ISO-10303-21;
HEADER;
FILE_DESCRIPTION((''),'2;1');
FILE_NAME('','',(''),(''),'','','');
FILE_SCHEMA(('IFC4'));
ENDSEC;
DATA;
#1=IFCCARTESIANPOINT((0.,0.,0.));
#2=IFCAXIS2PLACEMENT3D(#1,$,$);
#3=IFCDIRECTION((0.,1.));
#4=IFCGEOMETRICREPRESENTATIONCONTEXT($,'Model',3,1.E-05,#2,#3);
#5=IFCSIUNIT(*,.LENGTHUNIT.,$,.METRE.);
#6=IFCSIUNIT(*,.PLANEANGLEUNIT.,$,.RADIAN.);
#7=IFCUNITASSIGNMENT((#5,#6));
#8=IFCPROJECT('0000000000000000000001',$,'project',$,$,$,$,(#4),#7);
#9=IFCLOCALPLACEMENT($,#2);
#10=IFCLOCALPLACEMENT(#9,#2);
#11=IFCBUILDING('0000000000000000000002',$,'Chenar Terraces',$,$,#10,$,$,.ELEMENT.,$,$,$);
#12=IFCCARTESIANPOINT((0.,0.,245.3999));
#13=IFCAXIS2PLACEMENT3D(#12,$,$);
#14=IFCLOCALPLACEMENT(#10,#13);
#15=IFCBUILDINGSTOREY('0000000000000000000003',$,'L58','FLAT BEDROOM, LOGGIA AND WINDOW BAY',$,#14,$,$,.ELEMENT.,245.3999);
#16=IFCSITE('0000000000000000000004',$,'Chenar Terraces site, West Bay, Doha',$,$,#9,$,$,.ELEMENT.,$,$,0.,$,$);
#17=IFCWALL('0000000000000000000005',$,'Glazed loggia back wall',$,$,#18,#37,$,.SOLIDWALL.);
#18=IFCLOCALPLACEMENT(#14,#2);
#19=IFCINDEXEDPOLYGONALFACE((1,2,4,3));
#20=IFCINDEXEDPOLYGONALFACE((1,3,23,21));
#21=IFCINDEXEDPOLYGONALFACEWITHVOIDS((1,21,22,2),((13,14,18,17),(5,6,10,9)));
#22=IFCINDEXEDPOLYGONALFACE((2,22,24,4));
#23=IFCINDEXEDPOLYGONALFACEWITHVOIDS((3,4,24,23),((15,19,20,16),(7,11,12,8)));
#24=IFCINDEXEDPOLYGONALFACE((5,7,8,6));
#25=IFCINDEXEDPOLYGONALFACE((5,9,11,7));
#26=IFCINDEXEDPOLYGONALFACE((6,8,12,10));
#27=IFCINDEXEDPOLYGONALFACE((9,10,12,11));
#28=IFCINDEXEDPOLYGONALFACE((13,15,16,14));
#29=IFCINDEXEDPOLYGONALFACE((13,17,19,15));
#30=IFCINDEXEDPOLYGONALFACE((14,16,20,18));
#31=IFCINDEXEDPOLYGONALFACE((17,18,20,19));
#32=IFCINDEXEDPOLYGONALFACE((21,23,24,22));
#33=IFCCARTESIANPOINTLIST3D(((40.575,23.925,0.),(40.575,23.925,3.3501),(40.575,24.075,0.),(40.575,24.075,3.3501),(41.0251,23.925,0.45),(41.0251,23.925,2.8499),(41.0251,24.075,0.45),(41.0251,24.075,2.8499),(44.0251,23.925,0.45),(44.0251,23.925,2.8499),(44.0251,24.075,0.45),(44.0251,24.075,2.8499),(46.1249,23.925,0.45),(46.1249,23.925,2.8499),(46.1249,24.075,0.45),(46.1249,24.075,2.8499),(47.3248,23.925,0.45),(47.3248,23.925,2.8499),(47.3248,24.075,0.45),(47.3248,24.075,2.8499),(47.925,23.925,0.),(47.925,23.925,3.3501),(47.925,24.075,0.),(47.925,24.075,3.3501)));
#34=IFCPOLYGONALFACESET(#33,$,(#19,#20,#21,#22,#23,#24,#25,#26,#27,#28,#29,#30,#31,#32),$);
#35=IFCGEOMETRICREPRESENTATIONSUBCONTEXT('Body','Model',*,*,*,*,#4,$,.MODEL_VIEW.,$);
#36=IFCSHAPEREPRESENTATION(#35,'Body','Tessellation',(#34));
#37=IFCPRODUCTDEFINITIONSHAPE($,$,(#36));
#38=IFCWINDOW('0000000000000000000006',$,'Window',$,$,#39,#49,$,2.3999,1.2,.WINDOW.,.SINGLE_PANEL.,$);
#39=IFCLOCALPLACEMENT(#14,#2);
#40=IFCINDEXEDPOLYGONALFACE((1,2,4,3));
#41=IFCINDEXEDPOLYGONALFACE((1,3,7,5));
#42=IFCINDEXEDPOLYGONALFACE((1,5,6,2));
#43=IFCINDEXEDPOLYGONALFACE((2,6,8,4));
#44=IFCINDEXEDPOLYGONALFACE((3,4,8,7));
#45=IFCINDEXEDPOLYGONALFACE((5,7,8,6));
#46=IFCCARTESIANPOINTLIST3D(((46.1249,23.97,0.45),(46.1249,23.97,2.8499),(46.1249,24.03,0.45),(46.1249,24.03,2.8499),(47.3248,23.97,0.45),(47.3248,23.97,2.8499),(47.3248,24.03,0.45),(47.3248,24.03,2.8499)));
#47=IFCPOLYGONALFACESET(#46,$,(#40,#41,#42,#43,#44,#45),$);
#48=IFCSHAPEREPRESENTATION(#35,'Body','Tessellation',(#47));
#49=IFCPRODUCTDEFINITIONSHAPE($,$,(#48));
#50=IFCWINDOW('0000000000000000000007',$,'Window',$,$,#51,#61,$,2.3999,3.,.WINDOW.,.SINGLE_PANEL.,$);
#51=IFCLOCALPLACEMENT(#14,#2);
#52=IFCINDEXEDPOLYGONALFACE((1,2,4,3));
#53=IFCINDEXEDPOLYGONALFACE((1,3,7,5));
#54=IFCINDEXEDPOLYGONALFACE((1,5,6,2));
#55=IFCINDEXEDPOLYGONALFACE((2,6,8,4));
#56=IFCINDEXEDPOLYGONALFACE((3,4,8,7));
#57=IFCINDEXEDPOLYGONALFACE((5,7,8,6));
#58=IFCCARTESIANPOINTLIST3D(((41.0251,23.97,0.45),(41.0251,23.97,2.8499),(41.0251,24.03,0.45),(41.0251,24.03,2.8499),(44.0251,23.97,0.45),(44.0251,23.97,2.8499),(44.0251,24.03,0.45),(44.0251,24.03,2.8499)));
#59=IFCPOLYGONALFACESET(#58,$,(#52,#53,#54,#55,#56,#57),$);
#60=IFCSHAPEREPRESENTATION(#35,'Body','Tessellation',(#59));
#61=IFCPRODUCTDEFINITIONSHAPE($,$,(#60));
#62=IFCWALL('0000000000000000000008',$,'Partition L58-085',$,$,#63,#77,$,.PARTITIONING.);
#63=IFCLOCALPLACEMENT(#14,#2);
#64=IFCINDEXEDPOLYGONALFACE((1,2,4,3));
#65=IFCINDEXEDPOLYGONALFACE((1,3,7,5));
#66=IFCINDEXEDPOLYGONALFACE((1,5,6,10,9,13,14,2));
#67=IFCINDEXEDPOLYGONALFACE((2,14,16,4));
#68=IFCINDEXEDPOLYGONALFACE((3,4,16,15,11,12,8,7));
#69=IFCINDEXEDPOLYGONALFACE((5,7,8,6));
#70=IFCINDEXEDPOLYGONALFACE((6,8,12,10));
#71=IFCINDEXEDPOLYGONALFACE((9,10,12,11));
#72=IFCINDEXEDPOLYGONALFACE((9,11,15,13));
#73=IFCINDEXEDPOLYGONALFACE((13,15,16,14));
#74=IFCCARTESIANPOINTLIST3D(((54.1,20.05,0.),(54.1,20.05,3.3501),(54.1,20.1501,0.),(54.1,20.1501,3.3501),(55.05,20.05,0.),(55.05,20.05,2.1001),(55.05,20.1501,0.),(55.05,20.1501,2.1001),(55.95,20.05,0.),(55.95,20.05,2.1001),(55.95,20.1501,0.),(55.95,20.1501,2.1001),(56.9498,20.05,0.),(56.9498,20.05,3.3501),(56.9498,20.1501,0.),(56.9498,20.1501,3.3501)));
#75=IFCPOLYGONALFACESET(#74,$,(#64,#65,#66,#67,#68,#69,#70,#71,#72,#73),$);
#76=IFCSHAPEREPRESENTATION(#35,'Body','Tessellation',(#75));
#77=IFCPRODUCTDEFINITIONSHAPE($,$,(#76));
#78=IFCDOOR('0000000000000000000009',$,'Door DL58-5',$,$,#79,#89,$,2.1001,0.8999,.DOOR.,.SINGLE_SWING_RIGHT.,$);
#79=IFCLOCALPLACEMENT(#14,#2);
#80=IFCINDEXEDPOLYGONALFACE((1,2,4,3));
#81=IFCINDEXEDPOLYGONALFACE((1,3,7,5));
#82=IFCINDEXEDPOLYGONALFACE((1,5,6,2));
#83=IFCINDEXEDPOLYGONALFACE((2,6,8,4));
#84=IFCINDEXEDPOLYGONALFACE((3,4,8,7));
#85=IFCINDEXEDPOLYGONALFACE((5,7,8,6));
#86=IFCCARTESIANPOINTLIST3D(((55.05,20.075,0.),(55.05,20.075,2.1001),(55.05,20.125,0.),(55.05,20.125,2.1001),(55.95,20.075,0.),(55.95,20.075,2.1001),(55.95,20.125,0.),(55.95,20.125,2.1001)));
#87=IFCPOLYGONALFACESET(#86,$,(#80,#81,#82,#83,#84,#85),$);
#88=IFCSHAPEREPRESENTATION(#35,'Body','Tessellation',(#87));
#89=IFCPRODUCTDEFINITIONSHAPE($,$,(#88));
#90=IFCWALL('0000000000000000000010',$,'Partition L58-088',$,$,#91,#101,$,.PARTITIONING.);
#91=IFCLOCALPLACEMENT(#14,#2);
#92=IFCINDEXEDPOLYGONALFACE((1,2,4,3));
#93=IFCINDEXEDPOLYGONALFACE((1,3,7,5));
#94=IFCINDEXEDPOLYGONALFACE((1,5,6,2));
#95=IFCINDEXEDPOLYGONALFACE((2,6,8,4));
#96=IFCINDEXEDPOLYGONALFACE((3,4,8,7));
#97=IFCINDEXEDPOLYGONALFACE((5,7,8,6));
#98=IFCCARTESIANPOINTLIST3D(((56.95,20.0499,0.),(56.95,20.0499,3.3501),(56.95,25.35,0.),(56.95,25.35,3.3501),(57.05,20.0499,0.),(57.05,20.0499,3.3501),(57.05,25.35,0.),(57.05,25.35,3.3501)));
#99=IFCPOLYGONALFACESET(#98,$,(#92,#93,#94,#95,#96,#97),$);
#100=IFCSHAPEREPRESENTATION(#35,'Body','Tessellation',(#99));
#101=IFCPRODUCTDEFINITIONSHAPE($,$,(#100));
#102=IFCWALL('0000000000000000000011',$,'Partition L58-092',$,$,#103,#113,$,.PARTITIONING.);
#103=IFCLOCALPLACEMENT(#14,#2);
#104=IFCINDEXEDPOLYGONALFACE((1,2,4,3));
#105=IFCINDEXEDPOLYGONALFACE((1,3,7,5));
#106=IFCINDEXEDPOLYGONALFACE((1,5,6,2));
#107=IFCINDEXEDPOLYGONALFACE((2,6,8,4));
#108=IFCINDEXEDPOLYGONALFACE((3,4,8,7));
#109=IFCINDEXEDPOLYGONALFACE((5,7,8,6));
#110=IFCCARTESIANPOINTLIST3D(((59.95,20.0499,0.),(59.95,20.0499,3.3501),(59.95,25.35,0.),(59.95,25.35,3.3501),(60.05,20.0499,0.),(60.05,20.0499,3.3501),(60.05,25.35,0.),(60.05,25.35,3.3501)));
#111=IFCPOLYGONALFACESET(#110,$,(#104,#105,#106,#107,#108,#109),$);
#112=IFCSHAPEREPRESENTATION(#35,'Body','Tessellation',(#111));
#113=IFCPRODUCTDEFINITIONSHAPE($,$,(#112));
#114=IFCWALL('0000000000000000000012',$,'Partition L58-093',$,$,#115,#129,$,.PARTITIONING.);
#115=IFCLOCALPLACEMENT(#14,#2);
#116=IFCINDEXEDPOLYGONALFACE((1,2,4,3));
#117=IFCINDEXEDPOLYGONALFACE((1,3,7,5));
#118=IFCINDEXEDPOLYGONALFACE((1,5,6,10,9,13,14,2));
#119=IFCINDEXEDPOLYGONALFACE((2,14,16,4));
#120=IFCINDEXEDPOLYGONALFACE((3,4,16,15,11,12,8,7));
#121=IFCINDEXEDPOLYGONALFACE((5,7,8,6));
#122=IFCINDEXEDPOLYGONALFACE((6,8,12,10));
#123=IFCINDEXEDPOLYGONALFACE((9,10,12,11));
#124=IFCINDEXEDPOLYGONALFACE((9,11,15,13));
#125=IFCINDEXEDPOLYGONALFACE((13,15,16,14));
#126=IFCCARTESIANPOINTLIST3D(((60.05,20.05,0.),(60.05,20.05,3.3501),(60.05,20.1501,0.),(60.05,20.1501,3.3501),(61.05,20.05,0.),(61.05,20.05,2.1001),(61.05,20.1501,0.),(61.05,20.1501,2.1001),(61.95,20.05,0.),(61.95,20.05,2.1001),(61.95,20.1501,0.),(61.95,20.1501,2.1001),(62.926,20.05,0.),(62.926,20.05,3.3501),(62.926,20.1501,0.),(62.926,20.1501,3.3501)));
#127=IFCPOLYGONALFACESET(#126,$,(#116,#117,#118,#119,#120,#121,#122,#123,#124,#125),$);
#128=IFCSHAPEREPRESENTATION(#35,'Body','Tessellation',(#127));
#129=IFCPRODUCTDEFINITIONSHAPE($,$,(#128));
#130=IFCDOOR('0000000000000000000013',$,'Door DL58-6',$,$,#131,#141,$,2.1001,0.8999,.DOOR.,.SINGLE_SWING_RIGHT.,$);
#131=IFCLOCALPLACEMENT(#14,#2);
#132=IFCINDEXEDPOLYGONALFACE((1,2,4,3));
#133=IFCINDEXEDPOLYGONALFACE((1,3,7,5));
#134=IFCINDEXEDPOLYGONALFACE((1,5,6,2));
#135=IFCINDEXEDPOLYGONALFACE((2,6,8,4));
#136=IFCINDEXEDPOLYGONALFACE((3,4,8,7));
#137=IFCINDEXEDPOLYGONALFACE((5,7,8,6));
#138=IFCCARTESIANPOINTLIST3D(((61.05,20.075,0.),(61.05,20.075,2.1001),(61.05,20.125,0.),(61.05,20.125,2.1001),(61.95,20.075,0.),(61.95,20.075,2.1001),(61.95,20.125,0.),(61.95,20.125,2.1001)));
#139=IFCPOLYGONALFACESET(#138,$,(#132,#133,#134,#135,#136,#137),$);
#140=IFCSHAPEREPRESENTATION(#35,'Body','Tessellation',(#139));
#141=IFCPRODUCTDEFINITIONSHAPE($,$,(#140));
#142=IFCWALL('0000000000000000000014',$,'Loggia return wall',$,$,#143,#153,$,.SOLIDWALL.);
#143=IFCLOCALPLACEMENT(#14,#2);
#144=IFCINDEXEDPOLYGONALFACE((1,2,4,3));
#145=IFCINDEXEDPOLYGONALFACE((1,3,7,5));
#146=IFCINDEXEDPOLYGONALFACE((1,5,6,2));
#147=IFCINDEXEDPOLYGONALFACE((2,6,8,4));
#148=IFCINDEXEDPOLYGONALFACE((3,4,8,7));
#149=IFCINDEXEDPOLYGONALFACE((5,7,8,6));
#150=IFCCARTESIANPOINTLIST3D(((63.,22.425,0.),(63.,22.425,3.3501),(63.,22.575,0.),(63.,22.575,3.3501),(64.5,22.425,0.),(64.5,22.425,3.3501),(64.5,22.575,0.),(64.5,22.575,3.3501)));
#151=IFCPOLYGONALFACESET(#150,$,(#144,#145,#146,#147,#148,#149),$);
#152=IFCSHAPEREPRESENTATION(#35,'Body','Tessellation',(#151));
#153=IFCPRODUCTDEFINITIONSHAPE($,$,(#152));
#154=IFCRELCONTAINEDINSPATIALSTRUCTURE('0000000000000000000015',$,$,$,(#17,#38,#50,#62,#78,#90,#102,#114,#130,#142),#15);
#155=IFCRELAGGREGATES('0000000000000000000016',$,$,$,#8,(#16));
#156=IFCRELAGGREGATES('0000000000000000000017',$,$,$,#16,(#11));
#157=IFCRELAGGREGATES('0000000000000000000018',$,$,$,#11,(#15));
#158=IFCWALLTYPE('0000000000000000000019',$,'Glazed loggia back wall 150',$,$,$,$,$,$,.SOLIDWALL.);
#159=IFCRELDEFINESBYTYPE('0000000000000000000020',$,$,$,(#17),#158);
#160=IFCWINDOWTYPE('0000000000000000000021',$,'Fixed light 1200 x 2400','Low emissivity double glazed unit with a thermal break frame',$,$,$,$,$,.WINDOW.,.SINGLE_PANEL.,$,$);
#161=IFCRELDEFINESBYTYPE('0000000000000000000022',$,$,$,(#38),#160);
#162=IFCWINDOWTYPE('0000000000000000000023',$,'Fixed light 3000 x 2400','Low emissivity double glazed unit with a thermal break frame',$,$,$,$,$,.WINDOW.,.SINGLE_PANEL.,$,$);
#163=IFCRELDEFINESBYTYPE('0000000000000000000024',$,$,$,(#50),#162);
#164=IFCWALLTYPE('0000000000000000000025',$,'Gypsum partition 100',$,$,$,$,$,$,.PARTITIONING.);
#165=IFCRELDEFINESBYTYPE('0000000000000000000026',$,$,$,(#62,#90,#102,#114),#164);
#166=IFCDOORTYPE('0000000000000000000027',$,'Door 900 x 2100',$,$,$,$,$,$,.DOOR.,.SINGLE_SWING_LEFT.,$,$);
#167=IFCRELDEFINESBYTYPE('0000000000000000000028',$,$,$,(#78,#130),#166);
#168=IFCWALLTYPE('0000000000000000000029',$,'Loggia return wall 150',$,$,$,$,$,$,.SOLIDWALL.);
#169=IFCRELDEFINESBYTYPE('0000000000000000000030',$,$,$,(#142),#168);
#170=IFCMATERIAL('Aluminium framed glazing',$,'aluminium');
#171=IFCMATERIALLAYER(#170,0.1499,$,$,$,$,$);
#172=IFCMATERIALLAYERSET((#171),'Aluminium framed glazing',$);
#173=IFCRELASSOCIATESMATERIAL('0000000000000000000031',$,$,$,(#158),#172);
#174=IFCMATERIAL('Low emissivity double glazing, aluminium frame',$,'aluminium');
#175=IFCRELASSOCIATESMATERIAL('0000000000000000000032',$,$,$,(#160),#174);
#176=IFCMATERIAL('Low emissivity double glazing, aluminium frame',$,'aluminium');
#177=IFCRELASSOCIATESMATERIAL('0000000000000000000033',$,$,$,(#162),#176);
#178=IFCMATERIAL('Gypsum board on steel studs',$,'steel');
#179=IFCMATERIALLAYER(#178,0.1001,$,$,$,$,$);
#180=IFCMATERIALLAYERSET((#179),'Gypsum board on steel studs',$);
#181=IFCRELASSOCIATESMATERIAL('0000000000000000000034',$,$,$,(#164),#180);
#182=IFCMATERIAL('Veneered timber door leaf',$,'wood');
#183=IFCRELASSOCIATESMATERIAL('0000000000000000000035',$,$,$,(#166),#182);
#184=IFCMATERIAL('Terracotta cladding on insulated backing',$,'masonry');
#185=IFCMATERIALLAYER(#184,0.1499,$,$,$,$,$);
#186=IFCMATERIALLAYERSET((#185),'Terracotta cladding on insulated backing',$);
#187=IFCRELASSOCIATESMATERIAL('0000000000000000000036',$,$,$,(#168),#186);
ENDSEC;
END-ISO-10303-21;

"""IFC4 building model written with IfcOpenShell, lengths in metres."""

from ifc_helpers import new_model, si_unit, direction, frame, frame_2d, origin, place, context, subcontext, project, spatial, rectangle, extrude, material, layer, layer_set, type_object, element, fill, save


model = new_model("IFC4")

# Units and contexts
model_context = context("Model", 3, precision=1e-05, world=origin(), true_north=direction((0.0, 1.0)))
body_context = subcontext(model_context, "Body", "Model", "MODEL_VIEW")
ifc_project = project(units=[si_unit("LENGTHUNIT", "METRE"), si_unit("PLANEANGLEUNIT", "RADIAN")], contexts=[model_context])

# Site, building, storey
site_placement = place(None, origin())
site = spatial("IfcSite", under=ifc_project, at=site_placement, Name="Chenar Terraces site, West Bay, Doha", CompositionType="ELEMENT", RefElevation=0.0)
building_placement = place(site_placement, origin())
building = spatial("IfcBuilding", under=site, at=building_placement, Name="Chenar Terraces", CompositionType="ELEMENT")
storey_placement = place(building_placement, frame((0.0, 0.0, 245.3999)))
storey = spatial("IfcBuildingStorey", under=building, at=storey_placement, Name="L58", Description="FLAT BEDROOM, LOGGIA AND WINDOW BAY", CompositionType="ELEMENT", Elevation=245.3999)

# Wall, openings, windows
ifc_material_1 = material(Name="Aluminium framed glazing", Category="aluminium")
ifc_layer_1 = layer(ifc_material_1, 0.1499)
ifc_layer_set_1 = layer_set([ifc_layer_1], Name="Aluminium framed glazing")
wall_type_1 = type_object("IfcWallType", Name="Glazed loggia back wall 150", PredefinedType="SOLIDWALL", material=ifc_layer_set_1)
wall_1_placement = place(storey_placement, frame((47.925, 24.0, 0.0), z_axis=(0.0, 0.0, 1.0), x_axis=(-1.0, 0.0, 0.0)))
wall_1 = element("IfcWall", 1, at=wall_1_placement, inside=storey, type_object=wall_type_1, Name="Glazed loggia back wall", PredefinedType="SOLIDWALL", context=body_context, shape_type="SweptSolid", body=[
    extrude(rectangle(XDim=7.3501, YDim=0.1499, at=frame_2d((3.675, 0.0))), origin(), (0.0, 0.0, 1.0), 3.3501),
])
opening_1_placement = place(wall_1_placement, frame((0.6001, 0.0, 0.45)))
opening_1 = element("IfcOpeningElement", 2, at=opening_1_placement, cuts=wall_1, PredefinedType="OPENING", context=body_context, shape_type="SweptSolid", body=[
    extrude(rectangle(XDim=1.2, YDim=2.3999, at=frame_2d((0.6001, 1.2))), frame((0.0, 0.085, 0.0), z_axis=(0.0, -1.0, 0.0), x_axis=(1.0, 0.0, 0.0)), (0.0, 0.0, 1.0), 0.1699),
])
opening_2_placement = place(wall_1_placement, frame((3.8999, 0.0, 0.45)))
opening_2 = element("IfcOpeningElement", 3, at=opening_2_placement, cuts=wall_1, PredefinedType="OPENING", context=body_context, shape_type="SweptSolid", body=[
    extrude(rectangle(XDim=3.0, YDim=2.3999, at=frame_2d((1.5, 1.2))), frame((0.0, 0.085, 0.0), z_axis=(0.0, -1.0, 0.0), x_axis=(1.0, 0.0, 0.0)), (0.0, 0.0, 1.0), 0.1699),
])
ifc_material_2 = material(Name="Low emissivity double glazing, aluminium frame", Category="aluminium")
window_type_1 = type_object("IfcWindowType", Name="Fixed light 1200 x 2400", Description="Low emissivity double glazed unit with a thermal break frame", PartitioningType="SINGLE_PANEL", PredefinedType="WINDOW", material=ifc_material_2)
window_1_placement = place(opening_1_placement, origin())
window_1 = element("IfcWindow", 4, at=window_1_placement, inside=storey, type_object=window_type_1, Name="Window", OverallHeight=2.3999, OverallWidth=1.2, PartitioningType="SINGLE_PANEL", PredefinedType="WINDOW", context=body_context, shape_type="SweptSolid", body=[
    extrude(rectangle(XDim=1.2, YDim=2.3999, at=frame_2d((0.6001, 1.2))), frame((0.0, 0.03, 0.0), z_axis=(0.0, -1.0, 0.0), x_axis=(1.0, 0.0, 0.0)), (0.0, 0.0, 1.0), 0.0601),
])
fill(opening_1, window_1)
ifc_material_3 = material(Name="Low emissivity double glazing, aluminium frame", Category="aluminium")
window_type_2 = type_object("IfcWindowType", Name="Fixed light 3000 x 2400", Description="Low emissivity double glazed unit with a thermal break frame", PartitioningType="SINGLE_PANEL", PredefinedType="WINDOW", material=ifc_material_3)
window_2_placement = place(opening_2_placement, origin())
window_2 = element("IfcWindow", 5, at=window_2_placement, inside=storey, type_object=window_type_2, Name="Window", OverallHeight=2.3999, OverallWidth=3.0, PartitioningType="SINGLE_PANEL", PredefinedType="WINDOW", context=body_context, shape_type="SweptSolid", body=[
    extrude(rectangle(XDim=3.0, YDim=2.3999, at=frame_2d((1.5, 1.2))), frame((0.0, 0.03, 0.0), z_axis=(0.0, -1.0, 0.0), x_axis=(1.0, 0.0, 0.0)), (0.0, 0.0, 1.0), 0.0601),
])
fill(opening_2, window_2)

# Wall, opening, door
ifc_material_4 = material(Name="Gypsum board on steel studs", Category="steel")
ifc_layer_2 = layer(ifc_material_4, 0.1001)
ifc_layer_set_2 = layer_set([ifc_layer_2], Name="Gypsum board on steel studs")
wall_type_2 = type_object("IfcWallType", Name="Gypsum partition 100", PredefinedType="PARTITIONING", material=ifc_layer_set_2)
wall_2_placement = place(storey_placement, frame((54.1001, 20.1001, 0.0), z_axis=(0.0, 0.0, 1.0), x_axis=(1.0, 0.0, 0.0)))
wall_2 = element("IfcWall", 6, at=wall_2_placement, inside=storey, type_object=wall_type_2, Name="Partition L58-085", PredefinedType="PARTITIONING", context=body_context, shape_type="SweptSolid", body=[
    extrude(rectangle(XDim=2.8499, YDim=0.1001, at=frame_2d((1.4248, 0.0))), origin(), (0.0, 0.0, 1.0), 3.3501),
])
opening_3_placement = place(wall_2_placement, frame((0.95, 0.0, 0.0)))
opening_3 = element("IfcOpeningElement", 7, at=opening_3_placement, cuts=wall_2, PredefinedType="OPENING", context=body_context, shape_type="SweptSolid", body=[
    extrude(rectangle(XDim=0.8999, YDim=2.1001, at=frame_2d((0.45, 1.05))), frame((0.0, 0.0601, 0.0), z_axis=(0.0, -1.0, 0.0), x_axis=(1.0, 0.0, 0.0)), (0.0, 0.0, 1.0), 0.1201),
])
ifc_material_5 = material(Name="Veneered timber door leaf", Category="wood")
door_type_1 = type_object("IfcDoorType", Name="Door 900 x 2100", OperationType="SINGLE_SWING_LEFT", PredefinedType="DOOR", material=ifc_material_5)
door_1_placement = place(opening_3_placement, origin())
door_1 = element("IfcDoor", 8, at=door_1_placement, inside=storey, type_object=door_type_1, Name="Door DL58-5", OperationType="SINGLE_SWING_RIGHT", OverallHeight=2.1001, OverallWidth=0.8999, PredefinedType="DOOR", context=body_context, shape_type="SweptSolid", body=[
    extrude(rectangle(XDim=0.8999, YDim=2.1001, at=frame_2d((0.45, 1.05))), frame((0.0, 0.0249, 0.0), z_axis=(0.0, -1.0, 0.0), x_axis=(1.0, 0.0, 0.0)), (0.0, 0.0, 1.0), 0.05),
])
fill(opening_3, door_1)

# Walls
for number, where, z_axis, x_axis, name in (
    (9, (57.0, 20.05, 0.0), (0.0, 0.0, 1.0), (0.0, 1.0, 0.0), "Partition L58-088"),
    (10, (60.0, 20.05, 0.0), (0.0, 0.0, 1.0), (0.0, 1.0, 0.0), "Partition L58-092"),
):
    element("IfcWall", number, at=place(storey_placement, frame(where, z_axis=z_axis, x_axis=x_axis)), inside=storey, type_object=wall_type_2, Name=name, PredefinedType="PARTITIONING", context=body_context, shape_type="SweptSolid", body=[
        extrude(rectangle(XDim=5.3, YDim=0.1001, at=frame_2d((2.6499, 0.0))), origin(), (0.0, 0.0, 1.0), 3.3501),
    ])

# Wall, opening, door
wall_3_placement = place(storey_placement, frame((60.05, 20.1001, 0.0), z_axis=(0.0, 0.0, 1.0), x_axis=(1.0, 0.0, 0.0)))
wall_3 = element("IfcWall", 11, at=wall_3_placement, inside=storey, type_object=wall_type_2, Name="Partition L58-093", PredefinedType="PARTITIONING", context=body_context, shape_type="SweptSolid", body=[
    extrude(rectangle(XDim=2.876, YDim=0.1001, at=frame_2d((1.438, 0.0))), origin(), (0.0, 0.0, 1.0), 3.3501),
])
opening_4_placement = place(wall_3_placement, frame((1.0, 0.0, 0.0)))
opening_4 = element("IfcOpeningElement", 12, at=opening_4_placement, cuts=wall_3, PredefinedType="OPENING", context=body_context, shape_type="SweptSolid", body=[
    extrude(rectangle(XDim=0.8999, YDim=2.1001, at=frame_2d((0.45, 1.05))), frame((0.0, 0.0601, 0.0), z_axis=(0.0, -1.0, 0.0), x_axis=(1.0, 0.0, 0.0)), (0.0, 0.0, 1.0), 0.1201),
])
door_2_placement = place(opening_4_placement, origin())
door_2 = element("IfcDoor", 13, at=door_2_placement, inside=storey, type_object=door_type_1, Name="Door DL58-6", OperationType="SINGLE_SWING_RIGHT", OverallHeight=2.1001, OverallWidth=0.8999, PredefinedType="DOOR", context=body_context, shape_type="SweptSolid", body=[
    extrude(rectangle(XDim=0.8999, YDim=2.1001, at=frame_2d((0.45, 1.05))), frame((0.0, 0.0249, 0.0), z_axis=(0.0, -1.0, 0.0), x_axis=(1.0, 0.0, 0.0)), (0.0, 0.0, 1.0), 0.05),
])
fill(opening_4, door_2)

# Wall
ifc_material_6 = material(Name="Terracotta cladding on insulated backing", Category="masonry")
ifc_layer_3 = layer(ifc_material_6, 0.1499)
ifc_layer_set_3 = layer_set([ifc_layer_3], Name="Terracotta cladding on insulated backing")
wall_type_3 = type_object("IfcWallType", Name="Loggia return wall 150", PredefinedType="SOLIDWALL", material=ifc_layer_set_3)
wall_4_placement = place(storey_placement, frame((64.5, 22.5, 0.0), z_axis=(0.0, 0.0, 1.0), x_axis=(-1.0, 0.0, 0.0)))
element("IfcWall", 14, at=wall_4_placement, inside=storey, type_object=wall_type_3, Name="Loggia return wall", PredefinedType="SOLIDWALL", context=body_context, shape_type="SweptSolid", body=[
    extrude(rectangle(XDim=1.5, YDim=0.1499, at=frame_2d((0.75, 0.0))), origin(), (0.0, 0.0, 1.0), 3.3501),
])

save(model, "model.ifc")
